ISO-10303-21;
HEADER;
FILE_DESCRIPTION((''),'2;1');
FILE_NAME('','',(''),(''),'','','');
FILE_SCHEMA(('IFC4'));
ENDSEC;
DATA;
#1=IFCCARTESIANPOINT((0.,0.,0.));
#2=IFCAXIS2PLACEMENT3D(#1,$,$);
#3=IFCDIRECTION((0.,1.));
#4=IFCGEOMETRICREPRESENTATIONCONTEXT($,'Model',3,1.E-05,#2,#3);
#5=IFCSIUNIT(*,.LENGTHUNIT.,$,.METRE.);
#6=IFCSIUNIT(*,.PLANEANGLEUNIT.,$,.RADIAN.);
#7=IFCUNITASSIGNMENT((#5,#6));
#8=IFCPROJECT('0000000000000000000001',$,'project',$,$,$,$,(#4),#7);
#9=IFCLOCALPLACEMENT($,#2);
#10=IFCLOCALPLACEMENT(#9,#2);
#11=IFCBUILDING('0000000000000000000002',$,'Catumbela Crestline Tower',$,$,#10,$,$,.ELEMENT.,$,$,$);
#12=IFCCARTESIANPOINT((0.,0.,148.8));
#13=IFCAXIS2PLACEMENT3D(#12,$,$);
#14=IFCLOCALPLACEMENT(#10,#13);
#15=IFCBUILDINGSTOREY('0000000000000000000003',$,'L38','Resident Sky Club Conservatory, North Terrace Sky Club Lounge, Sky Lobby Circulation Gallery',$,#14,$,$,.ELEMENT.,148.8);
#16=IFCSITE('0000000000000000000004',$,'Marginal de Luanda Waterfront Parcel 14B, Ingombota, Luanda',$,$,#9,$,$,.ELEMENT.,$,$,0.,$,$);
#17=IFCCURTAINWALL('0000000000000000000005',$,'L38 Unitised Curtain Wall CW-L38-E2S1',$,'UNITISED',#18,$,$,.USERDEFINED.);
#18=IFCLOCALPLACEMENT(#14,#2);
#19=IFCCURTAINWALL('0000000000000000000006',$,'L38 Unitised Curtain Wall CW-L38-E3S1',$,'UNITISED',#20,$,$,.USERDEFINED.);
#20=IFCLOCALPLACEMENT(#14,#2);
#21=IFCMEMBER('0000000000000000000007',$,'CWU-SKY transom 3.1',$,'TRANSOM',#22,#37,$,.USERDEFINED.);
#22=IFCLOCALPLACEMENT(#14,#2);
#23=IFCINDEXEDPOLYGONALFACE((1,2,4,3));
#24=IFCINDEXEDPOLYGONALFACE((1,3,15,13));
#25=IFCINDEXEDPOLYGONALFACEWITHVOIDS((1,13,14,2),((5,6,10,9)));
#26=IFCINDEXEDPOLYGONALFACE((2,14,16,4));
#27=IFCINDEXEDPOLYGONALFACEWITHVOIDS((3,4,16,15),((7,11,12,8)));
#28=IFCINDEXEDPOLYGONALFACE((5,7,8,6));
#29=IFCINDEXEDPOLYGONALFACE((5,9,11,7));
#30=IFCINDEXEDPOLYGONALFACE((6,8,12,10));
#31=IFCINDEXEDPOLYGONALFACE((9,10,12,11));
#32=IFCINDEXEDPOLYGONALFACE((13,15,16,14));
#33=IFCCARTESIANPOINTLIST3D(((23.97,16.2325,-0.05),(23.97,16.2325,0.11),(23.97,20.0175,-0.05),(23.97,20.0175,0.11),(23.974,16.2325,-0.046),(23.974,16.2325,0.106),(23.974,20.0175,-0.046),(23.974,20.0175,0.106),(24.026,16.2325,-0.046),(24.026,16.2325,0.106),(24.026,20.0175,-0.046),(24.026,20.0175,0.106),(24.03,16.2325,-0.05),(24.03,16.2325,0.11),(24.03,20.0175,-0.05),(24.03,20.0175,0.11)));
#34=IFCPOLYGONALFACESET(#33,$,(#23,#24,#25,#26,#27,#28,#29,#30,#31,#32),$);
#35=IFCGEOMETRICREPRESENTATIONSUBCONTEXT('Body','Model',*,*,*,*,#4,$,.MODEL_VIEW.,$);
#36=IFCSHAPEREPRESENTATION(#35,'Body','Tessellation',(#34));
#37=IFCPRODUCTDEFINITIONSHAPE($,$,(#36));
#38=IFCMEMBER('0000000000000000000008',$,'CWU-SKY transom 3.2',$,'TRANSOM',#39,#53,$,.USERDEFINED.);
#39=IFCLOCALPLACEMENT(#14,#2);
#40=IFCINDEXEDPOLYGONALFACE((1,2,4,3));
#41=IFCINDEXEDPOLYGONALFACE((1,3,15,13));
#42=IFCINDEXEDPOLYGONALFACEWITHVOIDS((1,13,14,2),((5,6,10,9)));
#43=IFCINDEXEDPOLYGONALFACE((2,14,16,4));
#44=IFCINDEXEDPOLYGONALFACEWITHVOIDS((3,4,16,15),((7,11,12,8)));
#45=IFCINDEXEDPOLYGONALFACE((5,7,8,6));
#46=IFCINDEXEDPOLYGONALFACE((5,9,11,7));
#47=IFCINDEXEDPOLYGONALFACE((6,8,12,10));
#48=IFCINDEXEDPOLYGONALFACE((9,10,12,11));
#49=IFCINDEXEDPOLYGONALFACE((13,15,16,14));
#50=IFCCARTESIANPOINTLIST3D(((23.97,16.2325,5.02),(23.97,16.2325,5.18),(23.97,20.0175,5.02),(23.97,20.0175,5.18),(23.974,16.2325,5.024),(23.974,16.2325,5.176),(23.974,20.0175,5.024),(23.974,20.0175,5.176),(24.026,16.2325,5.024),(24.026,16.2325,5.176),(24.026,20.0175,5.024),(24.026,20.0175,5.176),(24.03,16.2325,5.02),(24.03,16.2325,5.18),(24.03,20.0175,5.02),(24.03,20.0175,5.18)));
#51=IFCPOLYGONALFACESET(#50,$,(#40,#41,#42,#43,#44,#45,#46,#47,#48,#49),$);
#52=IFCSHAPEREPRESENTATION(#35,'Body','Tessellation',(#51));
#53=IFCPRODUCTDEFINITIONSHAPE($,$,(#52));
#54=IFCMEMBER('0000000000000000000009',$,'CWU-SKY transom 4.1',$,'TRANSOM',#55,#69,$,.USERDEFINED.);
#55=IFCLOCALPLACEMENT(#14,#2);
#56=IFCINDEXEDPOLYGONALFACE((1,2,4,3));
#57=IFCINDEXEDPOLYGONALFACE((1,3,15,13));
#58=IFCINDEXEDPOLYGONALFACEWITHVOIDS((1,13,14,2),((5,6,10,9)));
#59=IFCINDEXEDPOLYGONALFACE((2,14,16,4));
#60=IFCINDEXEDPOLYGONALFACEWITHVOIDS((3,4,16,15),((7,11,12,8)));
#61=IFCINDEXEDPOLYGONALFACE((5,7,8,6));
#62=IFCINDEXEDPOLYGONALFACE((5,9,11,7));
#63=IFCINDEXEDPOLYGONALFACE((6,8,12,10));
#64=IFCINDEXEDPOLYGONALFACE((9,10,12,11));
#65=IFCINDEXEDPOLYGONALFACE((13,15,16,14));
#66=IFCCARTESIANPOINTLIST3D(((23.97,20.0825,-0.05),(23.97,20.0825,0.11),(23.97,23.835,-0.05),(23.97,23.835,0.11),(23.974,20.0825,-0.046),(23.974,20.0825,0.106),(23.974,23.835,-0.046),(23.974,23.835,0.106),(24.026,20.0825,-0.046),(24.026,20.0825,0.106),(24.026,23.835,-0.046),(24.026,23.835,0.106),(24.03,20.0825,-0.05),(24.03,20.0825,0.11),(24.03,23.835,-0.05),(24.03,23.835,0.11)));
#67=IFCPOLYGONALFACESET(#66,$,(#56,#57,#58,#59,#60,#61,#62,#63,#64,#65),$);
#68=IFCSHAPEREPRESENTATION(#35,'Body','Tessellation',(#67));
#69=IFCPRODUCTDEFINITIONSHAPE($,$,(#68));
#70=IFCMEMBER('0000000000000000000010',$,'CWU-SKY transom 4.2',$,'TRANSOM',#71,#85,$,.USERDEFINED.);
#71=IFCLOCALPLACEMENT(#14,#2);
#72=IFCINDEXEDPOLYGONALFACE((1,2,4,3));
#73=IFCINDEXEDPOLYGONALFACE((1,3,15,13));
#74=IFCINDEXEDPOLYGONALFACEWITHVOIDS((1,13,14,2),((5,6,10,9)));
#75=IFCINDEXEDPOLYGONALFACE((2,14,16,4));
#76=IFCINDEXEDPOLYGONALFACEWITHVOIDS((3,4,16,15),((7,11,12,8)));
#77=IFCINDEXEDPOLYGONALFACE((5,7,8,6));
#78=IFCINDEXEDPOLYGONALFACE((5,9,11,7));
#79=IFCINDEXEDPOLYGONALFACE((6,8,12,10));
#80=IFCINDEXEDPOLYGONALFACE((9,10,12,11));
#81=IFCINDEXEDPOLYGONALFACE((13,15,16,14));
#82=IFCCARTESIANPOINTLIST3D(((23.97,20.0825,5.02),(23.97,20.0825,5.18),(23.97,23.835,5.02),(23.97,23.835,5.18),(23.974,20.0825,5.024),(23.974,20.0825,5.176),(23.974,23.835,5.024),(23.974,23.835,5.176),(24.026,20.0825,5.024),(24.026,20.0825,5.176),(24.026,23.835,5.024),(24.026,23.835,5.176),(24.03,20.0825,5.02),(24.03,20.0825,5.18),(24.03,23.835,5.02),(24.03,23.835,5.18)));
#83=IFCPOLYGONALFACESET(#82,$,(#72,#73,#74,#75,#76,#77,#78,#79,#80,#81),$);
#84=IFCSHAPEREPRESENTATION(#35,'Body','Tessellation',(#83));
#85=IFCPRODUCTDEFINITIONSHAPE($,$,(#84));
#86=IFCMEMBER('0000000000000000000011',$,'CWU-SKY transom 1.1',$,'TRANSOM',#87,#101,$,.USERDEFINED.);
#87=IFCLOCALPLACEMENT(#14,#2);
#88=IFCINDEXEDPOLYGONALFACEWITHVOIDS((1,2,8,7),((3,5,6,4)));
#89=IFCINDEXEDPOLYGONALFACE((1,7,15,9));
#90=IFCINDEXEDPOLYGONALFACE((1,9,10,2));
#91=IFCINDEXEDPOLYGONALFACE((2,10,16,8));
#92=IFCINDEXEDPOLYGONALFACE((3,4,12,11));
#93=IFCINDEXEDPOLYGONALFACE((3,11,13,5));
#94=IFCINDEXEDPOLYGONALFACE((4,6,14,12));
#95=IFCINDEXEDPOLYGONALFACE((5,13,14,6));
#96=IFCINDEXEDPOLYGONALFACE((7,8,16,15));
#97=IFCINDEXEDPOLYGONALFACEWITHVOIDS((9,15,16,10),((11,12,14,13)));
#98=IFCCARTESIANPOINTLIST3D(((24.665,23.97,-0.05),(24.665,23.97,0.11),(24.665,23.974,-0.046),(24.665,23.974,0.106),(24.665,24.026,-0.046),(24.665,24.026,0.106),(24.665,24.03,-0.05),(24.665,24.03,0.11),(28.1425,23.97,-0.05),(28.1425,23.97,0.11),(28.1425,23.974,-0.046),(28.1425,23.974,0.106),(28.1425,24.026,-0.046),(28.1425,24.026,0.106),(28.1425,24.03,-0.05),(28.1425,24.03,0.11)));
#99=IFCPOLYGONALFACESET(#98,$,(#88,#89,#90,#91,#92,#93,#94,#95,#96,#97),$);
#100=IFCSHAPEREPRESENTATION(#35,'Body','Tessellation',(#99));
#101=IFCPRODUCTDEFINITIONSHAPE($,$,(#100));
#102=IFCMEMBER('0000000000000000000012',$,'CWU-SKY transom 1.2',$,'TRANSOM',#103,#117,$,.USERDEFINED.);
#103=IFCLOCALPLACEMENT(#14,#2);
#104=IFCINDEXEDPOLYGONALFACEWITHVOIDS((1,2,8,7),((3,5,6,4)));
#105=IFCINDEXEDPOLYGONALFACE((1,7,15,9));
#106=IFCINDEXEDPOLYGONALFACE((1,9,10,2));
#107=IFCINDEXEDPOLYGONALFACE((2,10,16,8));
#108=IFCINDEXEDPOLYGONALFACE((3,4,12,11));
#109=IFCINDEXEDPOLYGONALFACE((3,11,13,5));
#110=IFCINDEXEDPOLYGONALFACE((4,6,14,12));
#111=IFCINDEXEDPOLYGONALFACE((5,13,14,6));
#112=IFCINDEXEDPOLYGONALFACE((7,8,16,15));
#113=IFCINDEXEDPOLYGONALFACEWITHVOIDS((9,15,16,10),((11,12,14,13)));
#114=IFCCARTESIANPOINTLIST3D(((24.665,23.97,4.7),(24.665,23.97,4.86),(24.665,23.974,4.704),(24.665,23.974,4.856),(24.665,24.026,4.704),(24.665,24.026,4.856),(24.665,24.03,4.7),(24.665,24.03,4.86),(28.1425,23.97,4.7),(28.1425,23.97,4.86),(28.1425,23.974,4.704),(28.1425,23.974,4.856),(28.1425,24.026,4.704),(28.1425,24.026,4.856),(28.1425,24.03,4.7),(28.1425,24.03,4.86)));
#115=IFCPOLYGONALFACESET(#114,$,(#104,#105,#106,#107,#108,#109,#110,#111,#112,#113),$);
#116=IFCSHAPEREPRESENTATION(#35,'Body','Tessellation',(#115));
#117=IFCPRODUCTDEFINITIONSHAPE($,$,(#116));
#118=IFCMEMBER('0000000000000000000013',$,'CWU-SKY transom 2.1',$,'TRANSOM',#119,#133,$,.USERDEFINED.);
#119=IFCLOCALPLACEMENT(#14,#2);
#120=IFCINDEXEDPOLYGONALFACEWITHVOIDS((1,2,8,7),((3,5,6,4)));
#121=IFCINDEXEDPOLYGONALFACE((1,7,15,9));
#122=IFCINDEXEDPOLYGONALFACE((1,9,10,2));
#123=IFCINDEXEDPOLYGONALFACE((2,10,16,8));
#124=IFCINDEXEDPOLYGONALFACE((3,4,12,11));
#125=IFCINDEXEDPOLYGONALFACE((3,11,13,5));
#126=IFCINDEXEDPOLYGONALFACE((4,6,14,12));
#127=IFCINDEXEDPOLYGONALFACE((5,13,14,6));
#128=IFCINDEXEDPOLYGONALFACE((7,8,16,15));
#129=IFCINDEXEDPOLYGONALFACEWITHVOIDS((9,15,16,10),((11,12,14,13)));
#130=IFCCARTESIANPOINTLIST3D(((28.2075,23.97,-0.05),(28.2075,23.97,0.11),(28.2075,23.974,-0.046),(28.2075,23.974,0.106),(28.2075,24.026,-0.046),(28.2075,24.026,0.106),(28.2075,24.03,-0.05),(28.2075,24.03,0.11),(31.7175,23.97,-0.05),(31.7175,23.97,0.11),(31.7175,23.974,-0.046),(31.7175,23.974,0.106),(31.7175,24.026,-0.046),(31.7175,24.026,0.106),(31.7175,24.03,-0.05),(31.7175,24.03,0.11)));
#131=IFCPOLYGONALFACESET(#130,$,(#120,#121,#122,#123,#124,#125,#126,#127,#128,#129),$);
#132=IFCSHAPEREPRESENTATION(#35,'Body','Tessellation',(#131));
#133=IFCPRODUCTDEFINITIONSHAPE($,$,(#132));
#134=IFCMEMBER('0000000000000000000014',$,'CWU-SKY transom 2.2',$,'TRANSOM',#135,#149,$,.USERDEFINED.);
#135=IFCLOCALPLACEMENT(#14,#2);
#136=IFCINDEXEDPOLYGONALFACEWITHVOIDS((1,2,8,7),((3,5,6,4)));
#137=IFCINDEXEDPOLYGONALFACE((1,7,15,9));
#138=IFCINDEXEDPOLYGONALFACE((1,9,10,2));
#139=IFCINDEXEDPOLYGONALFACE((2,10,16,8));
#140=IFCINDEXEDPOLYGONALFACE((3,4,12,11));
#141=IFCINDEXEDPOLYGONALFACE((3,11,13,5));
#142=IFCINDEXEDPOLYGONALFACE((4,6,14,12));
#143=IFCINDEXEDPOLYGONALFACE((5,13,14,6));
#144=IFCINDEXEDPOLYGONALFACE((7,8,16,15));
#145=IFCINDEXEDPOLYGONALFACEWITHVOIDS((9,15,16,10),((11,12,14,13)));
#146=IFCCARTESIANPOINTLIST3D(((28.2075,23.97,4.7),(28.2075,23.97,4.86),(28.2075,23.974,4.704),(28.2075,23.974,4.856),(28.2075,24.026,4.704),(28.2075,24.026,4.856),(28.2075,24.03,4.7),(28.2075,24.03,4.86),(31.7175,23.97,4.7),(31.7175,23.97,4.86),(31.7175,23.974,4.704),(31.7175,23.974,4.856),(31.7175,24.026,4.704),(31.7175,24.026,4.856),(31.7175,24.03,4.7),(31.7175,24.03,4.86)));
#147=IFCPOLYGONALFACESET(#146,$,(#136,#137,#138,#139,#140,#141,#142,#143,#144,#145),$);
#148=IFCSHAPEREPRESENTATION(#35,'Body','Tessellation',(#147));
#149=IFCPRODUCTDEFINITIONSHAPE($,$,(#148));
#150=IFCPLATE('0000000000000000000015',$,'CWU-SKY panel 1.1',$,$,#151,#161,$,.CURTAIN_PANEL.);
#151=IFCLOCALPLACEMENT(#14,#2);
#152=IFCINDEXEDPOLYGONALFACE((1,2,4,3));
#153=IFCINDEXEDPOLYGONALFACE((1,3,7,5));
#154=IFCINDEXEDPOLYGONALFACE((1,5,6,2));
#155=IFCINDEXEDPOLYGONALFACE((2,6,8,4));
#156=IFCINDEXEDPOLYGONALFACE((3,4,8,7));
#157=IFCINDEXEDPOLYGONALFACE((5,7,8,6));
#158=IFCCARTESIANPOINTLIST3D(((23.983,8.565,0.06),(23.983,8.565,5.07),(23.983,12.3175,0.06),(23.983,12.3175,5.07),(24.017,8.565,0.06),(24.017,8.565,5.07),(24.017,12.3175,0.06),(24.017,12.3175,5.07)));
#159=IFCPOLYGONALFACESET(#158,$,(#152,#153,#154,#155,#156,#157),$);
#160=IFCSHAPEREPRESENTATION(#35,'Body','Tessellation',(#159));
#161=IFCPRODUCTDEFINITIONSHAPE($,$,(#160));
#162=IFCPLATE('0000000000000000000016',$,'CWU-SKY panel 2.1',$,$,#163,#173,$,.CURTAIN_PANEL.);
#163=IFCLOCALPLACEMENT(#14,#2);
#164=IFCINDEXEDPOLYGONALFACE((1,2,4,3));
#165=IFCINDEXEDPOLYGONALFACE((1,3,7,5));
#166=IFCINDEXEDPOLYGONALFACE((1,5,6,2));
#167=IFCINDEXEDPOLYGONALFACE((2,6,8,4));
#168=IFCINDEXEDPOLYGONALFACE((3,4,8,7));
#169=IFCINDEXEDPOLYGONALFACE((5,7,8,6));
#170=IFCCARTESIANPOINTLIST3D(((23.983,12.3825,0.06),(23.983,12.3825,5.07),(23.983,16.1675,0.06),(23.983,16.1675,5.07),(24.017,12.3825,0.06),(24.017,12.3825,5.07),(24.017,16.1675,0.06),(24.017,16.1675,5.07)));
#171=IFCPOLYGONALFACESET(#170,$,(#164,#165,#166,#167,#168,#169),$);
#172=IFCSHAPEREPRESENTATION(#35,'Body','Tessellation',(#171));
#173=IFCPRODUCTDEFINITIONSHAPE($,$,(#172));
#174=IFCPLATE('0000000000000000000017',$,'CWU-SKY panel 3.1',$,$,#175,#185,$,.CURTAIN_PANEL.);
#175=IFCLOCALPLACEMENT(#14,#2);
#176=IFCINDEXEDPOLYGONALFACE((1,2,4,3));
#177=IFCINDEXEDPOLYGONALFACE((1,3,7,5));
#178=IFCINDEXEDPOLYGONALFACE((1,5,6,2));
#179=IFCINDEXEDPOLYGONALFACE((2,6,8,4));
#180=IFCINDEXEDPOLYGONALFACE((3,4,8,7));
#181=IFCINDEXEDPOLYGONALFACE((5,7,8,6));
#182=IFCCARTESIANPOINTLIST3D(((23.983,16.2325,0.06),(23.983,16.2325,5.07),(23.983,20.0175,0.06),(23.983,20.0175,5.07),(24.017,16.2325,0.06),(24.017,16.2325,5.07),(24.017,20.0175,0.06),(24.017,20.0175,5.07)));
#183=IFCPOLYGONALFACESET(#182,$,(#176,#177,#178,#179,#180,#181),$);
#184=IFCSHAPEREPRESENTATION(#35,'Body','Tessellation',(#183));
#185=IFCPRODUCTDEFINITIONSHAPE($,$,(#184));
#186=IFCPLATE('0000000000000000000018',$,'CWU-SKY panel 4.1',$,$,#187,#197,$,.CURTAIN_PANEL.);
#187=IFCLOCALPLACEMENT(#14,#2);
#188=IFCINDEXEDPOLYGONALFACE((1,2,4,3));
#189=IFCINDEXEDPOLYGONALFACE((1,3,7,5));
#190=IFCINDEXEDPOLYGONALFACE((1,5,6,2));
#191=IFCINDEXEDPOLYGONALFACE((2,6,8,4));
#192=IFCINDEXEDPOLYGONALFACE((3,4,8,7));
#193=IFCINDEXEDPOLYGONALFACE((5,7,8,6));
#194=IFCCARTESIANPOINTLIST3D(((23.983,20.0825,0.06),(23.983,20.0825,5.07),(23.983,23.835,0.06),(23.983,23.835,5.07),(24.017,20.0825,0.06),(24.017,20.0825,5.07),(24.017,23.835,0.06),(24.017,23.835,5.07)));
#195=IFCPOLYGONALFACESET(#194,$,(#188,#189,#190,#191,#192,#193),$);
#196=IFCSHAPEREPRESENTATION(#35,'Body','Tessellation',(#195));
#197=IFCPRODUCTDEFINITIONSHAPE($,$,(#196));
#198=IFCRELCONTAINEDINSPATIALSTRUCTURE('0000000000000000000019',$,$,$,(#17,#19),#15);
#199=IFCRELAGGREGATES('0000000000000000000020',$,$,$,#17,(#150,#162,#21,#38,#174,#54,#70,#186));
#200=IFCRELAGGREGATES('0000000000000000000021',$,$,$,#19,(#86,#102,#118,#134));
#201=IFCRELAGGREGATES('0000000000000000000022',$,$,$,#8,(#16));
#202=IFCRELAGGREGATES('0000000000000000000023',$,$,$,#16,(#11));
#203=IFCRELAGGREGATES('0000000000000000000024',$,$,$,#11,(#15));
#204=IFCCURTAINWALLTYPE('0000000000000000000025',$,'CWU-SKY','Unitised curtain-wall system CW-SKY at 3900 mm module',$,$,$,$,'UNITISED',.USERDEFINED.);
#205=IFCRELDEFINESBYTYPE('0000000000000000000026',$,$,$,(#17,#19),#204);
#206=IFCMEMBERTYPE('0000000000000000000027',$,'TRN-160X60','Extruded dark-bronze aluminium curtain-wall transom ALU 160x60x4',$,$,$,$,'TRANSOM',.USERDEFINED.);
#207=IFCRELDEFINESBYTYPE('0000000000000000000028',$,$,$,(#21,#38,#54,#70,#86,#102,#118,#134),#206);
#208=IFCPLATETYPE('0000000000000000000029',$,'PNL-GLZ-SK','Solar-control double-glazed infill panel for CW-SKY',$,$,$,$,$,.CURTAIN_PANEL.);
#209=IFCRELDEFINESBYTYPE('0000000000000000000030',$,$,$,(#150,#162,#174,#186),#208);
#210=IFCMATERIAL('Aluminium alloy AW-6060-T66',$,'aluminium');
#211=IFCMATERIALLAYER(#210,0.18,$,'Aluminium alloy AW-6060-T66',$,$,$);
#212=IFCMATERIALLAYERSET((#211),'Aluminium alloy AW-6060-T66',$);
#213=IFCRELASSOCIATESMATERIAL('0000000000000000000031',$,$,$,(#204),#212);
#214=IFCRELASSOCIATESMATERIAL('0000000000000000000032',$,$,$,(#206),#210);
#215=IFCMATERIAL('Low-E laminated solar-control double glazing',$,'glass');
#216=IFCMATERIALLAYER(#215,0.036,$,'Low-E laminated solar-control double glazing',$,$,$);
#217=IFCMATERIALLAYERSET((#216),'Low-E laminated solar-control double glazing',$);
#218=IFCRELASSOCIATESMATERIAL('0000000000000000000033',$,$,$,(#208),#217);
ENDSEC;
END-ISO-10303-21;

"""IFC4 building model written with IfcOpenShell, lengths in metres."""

from ifc_helpers import new_model, si_unit, direction, frame, origin, origin_2d, place, context, subcontext, project, spatial, rectangle, hollow_rectangle, extrude, material, layer, layer_set, material_profile, profile_set, type_object, element, aggregate, save


model = new_model("IFC4")

# Units and contexts
model_context = context("Model", 3, precision=1e-05, world=origin(), true_north=direction((0.0, 1.0)))
body_context = subcontext(model_context, "Body", "Model", "MODEL_VIEW")
ifc_project = project(units=[si_unit("LENGTHUNIT", "METRE"), si_unit("PLANEANGLEUNIT", "RADIAN")], contexts=[model_context])

# Site, building, storey
site_placement = place(None, origin())
site = spatial("IfcSite", under=ifc_project, at=site_placement, Name="Marginal de Luanda Waterfront Parcel 14B, Ingombota, Luanda", CompositionType="ELEMENT", RefElevation=0.0)
building_placement = place(site_placement, origin())
building = spatial("IfcBuilding", under=site, at=building_placement, Name="Catumbela Crestline Tower", CompositionType="ELEMENT")
storey_placement = place(building_placement, frame((0.0, 0.0, 148.8)))
storey = spatial("IfcBuildingStorey", under=building, at=storey_placement, Name="L38", Description="Resident Sky Club Conservatory, North Terrace Sky Club Lounge, Sky Lobby Circulation Gallery", CompositionType="ELEMENT", Elevation=148.8)

# Curtain walls
ifc_material_1 = material(Name="Aluminium alloy AW-6060-T66", Category="aluminium")
ifc_layer_1 = layer(ifc_material_1, 0.18, Name="Aluminium alloy AW-6060-T66")
ifc_layer_set_1 = layer_set([ifc_layer_1], Name="Aluminium alloy AW-6060-T66")
curtain_wall_type = type_object("IfcCurtainWallType", Name="CWU-SKY", Description="Unitised curtain-wall system CW-SKY at 3900 mm module", ElementType="UNITISED", PredefinedType="USERDEFINED", material=ifc_layer_set_1)
curtain_wall_1_placement = place(storey_placement, origin())
curtain_wall_1 = element("IfcCurtainWall", 1, at=curtain_wall_1_placement, inside=storey, type_object=curtain_wall_type, Name="L38 Unitised Curtain Wall CW-L38-E2S1", ObjectType="UNITISED", PredefinedType="USERDEFINED")
curtain_wall_2_placement = place(storey_placement, origin())
curtain_wall_2 = element("IfcCurtainWall", 2, at=curtain_wall_2_placement, inside=storey, type_object=curtain_wall_type, Name="L38 Unitised Curtain Wall CW-L38-E3S1", ObjectType="UNITISED", PredefinedType="USERDEFINED")

# Members
ifc_material_profile_1 = material_profile(ifc_material_1, hollow_rectangle(XDim=0.06, YDim=0.16, WallThickness=0.004, at=origin_2d()), Name="ALU 160x60x4")
ifc_profile_set_1 = profile_set([ifc_material_profile_1], Name="Aluminium alloy AW-6060-T66")
member_type_1 = type_object("IfcMemberType", Name="TRN-160X60", Description="Extruded dark-bronze aluminium curtain-wall transom ALU 160x60x4", ElementType="TRANSOM", PredefinedType="USERDEFINED", material=ifc_profile_set_1)
member_1_placement = place(storey_placement, frame((24.0, 16.2325, 0.03), z_axis=(0.0, 1.0, 0.0), x_axis=(-1.0, 0.0, 0.0)))
member_1 = element("IfcMember", 3, at=member_1_placement, type_object=member_type_1, Name="CWU-SKY transom 3.1", ObjectType="TRANSOM", PredefinedType="USERDEFINED", context=body_context, shape_type="SweptSolid", body=[
    extrude(hollow_rectangle(XDim=0.06, YDim=0.16, WallThickness=0.004, at=origin_2d()), origin(), (0.0, 0.0, 1.0), 3.785),
])
member_2_placement = place(storey_placement, frame((24.0, 16.2325, 5.1), z_axis=(0.0, 1.0, 0.0), x_axis=(-1.0, 0.0, 0.0)))
member_2 = element("IfcMember", 4, at=member_2_placement, type_object=member_type_1, Name="CWU-SKY transom 3.2", ObjectType="TRANSOM", PredefinedType="USERDEFINED", context=body_context, shape_type="SweptSolid", body=[
    extrude(hollow_rectangle(XDim=0.06, YDim=0.16, WallThickness=0.004, at=origin_2d()), origin(), (0.0, 0.0, 1.0), 3.785),
])
member_3_placement = place(storey_placement, frame((24.0, 20.0825, 0.03), z_axis=(0.0, 1.0, 0.0), x_axis=(-1.0, 0.0, 0.0)))
member_3 = element("IfcMember", 5, at=member_3_placement, type_object=member_type_1, Name="CWU-SKY transom 4.1", ObjectType="TRANSOM", PredefinedType="USERDEFINED", context=body_context, shape_type="SweptSolid", body=[
    extrude(hollow_rectangle(XDim=0.06, YDim=0.16, WallThickness=0.004, at=origin_2d()), origin(), (0.0, 0.0, 1.0), 3.7525),
])
member_4_placement = place(storey_placement, frame((24.0, 20.0825, 5.1), z_axis=(0.0, 1.0, 0.0), x_axis=(-1.0, 0.0, 0.0)))
member_4 = element("IfcMember", 6, at=member_4_placement, type_object=member_type_1, Name="CWU-SKY transom 4.2", ObjectType="TRANSOM", PredefinedType="USERDEFINED", context=body_context, shape_type="SweptSolid", body=[
    extrude(hollow_rectangle(XDim=0.06, YDim=0.16, WallThickness=0.004, at=origin_2d()), origin(), (0.0, 0.0, 1.0), 3.7525),
])
member_5_placement = place(storey_placement, frame((24.665, 24.0, 0.03), z_axis=(1.0, 0.0, 0.0), x_axis=(0.0, 1.0, 0.0)))
member_5 = element("IfcMember", 7, at=member_5_placement, type_object=member_type_1, Name="CWU-SKY transom 1.1", ObjectType="TRANSOM", PredefinedType="USERDEFINED", context=body_context, shape_type="SweptSolid", body=[
    extrude(hollow_rectangle(XDim=0.06, YDim=0.16, WallThickness=0.004, at=origin_2d()), origin(), (0.0, 0.0, 1.0), 3.4775),
])
member_6_placement = place(storey_placement, frame((24.665, 24.0, 4.78), z_axis=(1.0, 0.0, 0.0), x_axis=(0.0, 1.0, 0.0)))
member_6 = element("IfcMember", 8, at=member_6_placement, type_object=member_type_1, Name="CWU-SKY transom 1.2", ObjectType="TRANSOM", PredefinedType="USERDEFINED", context=body_context, shape_type="SweptSolid", body=[
    extrude(hollow_rectangle(XDim=0.06, YDim=0.16, WallThickness=0.004, at=origin_2d()), origin(), (0.0, 0.0, 1.0), 3.4775),
])
member_7_placement = place(storey_placement, frame((28.2075, 24.0, 0.03), z_axis=(1.0, 0.0, 0.0), x_axis=(0.0, 1.0, 0.0)))
member_7 = element("IfcMember", 9, at=member_7_placement, type_object=member_type_1, Name="CWU-SKY transom 2.1", ObjectType="TRANSOM", PredefinedType="USERDEFINED", context=body_context, shape_type="SweptSolid", body=[
    extrude(hollow_rectangle(XDim=0.06, YDim=0.16, WallThickness=0.004, at=origin_2d()), origin(), (0.0, 0.0, 1.0), 3.51),
])
member_8_placement = place(storey_placement, frame((28.2075, 24.0, 4.78), z_axis=(1.0, 0.0, 0.0), x_axis=(0.0, 1.0, 0.0)))
member_8 = element("IfcMember", 10, at=member_8_placement, type_object=member_type_1, Name="CWU-SKY transom 2.2", ObjectType="TRANSOM", PredefinedType="USERDEFINED", context=body_context, shape_type="SweptSolid", body=[
    extrude(hollow_rectangle(XDim=0.06, YDim=0.16, WallThickness=0.004, at=origin_2d()), origin(), (0.0, 0.0, 1.0), 3.51),
])

# Plates
ifc_material_2 = material(Name="Low-E laminated solar-control double glazing", Category="glass")
ifc_layer_2 = layer(ifc_material_2, 0.036, Name="Low-E laminated solar-control double glazing")
ifc_layer_set_2 = layer_set([ifc_layer_2], Name="Low-E laminated solar-control double glazing")
plate_type = type_object("IfcPlateType", Name="PNL-GLZ-SK", Description="Solar-control double-glazed infill panel for CW-SKY", PredefinedType="CURTAIN_PANEL", material=ifc_layer_set_2)
plate_1_placement = place(storey_placement, frame((24.0, 10.4412, 0.06), z_axis=(0.0, 0.0, 1.0), x_axis=(0.0, 1.0, 0.0)))
plate_1 = element("IfcPlate", 11, at=plate_1_placement, type_object=plate_type, Name="CWU-SKY panel 1.1", PredefinedType="CURTAIN_PANEL", context=body_context, shape_type="SweptSolid", body=[
    extrude(rectangle(XDim=3.7525, YDim=0.034, at=origin_2d()), origin(), (0.0, 0.0, 1.0), 5.01),
])
plate_2_placement = place(storey_placement, frame((24.0, 14.275, 0.06), z_axis=(0.0, 0.0, 1.0), x_axis=(0.0, 1.0, 0.0)))
plate_2 = element("IfcPlate", 12, at=plate_2_placement, type_object=plate_type, Name="CWU-SKY panel 2.1", PredefinedType="CURTAIN_PANEL", context=body_context, shape_type="SweptSolid", body=[
    extrude(rectangle(XDim=3.785, YDim=0.034, at=origin_2d()), origin(), (0.0, 0.0, 1.0), 5.01),
])
plate_3_placement = place(storey_placement, frame((24.0, 18.125, 0.06), z_axis=(0.0, 0.0, 1.0), x_axis=(0.0, 1.0, 0.0)))
plate_3 = element("IfcPlate", 13, at=plate_3_placement, type_object=plate_type, Name="CWU-SKY panel 3.1", PredefinedType="CURTAIN_PANEL", context=body_context, shape_type="SweptSolid", body=[
    extrude(rectangle(XDim=3.785, YDim=0.034, at=origin_2d()), origin(), (0.0, 0.0, 1.0), 5.01),
])
plate_4_placement = place(storey_placement, frame((24.0, 21.9587, 0.06), z_axis=(0.0, 0.0, 1.0), x_axis=(0.0, 1.0, 0.0)))
plate_4 = element("IfcPlate", 14, at=plate_4_placement, type_object=plate_type, Name="CWU-SKY panel 4.1", PredefinedType="CURTAIN_PANEL", context=body_context, shape_type="SweptSolid", body=[
    extrude(rectangle(XDim=3.7525, YDim=0.034, at=origin_2d()), origin(), (0.0, 0.0, 1.0), 5.01),
])
aggregate(curtain_wall_1, [plate_1, plate_2, member_1, member_2, plate_3, member_3, member_4, plate_4])
aggregate(curtain_wall_2, [member_5, member_6, member_7, member_8])

save(model, "model.ifc")
